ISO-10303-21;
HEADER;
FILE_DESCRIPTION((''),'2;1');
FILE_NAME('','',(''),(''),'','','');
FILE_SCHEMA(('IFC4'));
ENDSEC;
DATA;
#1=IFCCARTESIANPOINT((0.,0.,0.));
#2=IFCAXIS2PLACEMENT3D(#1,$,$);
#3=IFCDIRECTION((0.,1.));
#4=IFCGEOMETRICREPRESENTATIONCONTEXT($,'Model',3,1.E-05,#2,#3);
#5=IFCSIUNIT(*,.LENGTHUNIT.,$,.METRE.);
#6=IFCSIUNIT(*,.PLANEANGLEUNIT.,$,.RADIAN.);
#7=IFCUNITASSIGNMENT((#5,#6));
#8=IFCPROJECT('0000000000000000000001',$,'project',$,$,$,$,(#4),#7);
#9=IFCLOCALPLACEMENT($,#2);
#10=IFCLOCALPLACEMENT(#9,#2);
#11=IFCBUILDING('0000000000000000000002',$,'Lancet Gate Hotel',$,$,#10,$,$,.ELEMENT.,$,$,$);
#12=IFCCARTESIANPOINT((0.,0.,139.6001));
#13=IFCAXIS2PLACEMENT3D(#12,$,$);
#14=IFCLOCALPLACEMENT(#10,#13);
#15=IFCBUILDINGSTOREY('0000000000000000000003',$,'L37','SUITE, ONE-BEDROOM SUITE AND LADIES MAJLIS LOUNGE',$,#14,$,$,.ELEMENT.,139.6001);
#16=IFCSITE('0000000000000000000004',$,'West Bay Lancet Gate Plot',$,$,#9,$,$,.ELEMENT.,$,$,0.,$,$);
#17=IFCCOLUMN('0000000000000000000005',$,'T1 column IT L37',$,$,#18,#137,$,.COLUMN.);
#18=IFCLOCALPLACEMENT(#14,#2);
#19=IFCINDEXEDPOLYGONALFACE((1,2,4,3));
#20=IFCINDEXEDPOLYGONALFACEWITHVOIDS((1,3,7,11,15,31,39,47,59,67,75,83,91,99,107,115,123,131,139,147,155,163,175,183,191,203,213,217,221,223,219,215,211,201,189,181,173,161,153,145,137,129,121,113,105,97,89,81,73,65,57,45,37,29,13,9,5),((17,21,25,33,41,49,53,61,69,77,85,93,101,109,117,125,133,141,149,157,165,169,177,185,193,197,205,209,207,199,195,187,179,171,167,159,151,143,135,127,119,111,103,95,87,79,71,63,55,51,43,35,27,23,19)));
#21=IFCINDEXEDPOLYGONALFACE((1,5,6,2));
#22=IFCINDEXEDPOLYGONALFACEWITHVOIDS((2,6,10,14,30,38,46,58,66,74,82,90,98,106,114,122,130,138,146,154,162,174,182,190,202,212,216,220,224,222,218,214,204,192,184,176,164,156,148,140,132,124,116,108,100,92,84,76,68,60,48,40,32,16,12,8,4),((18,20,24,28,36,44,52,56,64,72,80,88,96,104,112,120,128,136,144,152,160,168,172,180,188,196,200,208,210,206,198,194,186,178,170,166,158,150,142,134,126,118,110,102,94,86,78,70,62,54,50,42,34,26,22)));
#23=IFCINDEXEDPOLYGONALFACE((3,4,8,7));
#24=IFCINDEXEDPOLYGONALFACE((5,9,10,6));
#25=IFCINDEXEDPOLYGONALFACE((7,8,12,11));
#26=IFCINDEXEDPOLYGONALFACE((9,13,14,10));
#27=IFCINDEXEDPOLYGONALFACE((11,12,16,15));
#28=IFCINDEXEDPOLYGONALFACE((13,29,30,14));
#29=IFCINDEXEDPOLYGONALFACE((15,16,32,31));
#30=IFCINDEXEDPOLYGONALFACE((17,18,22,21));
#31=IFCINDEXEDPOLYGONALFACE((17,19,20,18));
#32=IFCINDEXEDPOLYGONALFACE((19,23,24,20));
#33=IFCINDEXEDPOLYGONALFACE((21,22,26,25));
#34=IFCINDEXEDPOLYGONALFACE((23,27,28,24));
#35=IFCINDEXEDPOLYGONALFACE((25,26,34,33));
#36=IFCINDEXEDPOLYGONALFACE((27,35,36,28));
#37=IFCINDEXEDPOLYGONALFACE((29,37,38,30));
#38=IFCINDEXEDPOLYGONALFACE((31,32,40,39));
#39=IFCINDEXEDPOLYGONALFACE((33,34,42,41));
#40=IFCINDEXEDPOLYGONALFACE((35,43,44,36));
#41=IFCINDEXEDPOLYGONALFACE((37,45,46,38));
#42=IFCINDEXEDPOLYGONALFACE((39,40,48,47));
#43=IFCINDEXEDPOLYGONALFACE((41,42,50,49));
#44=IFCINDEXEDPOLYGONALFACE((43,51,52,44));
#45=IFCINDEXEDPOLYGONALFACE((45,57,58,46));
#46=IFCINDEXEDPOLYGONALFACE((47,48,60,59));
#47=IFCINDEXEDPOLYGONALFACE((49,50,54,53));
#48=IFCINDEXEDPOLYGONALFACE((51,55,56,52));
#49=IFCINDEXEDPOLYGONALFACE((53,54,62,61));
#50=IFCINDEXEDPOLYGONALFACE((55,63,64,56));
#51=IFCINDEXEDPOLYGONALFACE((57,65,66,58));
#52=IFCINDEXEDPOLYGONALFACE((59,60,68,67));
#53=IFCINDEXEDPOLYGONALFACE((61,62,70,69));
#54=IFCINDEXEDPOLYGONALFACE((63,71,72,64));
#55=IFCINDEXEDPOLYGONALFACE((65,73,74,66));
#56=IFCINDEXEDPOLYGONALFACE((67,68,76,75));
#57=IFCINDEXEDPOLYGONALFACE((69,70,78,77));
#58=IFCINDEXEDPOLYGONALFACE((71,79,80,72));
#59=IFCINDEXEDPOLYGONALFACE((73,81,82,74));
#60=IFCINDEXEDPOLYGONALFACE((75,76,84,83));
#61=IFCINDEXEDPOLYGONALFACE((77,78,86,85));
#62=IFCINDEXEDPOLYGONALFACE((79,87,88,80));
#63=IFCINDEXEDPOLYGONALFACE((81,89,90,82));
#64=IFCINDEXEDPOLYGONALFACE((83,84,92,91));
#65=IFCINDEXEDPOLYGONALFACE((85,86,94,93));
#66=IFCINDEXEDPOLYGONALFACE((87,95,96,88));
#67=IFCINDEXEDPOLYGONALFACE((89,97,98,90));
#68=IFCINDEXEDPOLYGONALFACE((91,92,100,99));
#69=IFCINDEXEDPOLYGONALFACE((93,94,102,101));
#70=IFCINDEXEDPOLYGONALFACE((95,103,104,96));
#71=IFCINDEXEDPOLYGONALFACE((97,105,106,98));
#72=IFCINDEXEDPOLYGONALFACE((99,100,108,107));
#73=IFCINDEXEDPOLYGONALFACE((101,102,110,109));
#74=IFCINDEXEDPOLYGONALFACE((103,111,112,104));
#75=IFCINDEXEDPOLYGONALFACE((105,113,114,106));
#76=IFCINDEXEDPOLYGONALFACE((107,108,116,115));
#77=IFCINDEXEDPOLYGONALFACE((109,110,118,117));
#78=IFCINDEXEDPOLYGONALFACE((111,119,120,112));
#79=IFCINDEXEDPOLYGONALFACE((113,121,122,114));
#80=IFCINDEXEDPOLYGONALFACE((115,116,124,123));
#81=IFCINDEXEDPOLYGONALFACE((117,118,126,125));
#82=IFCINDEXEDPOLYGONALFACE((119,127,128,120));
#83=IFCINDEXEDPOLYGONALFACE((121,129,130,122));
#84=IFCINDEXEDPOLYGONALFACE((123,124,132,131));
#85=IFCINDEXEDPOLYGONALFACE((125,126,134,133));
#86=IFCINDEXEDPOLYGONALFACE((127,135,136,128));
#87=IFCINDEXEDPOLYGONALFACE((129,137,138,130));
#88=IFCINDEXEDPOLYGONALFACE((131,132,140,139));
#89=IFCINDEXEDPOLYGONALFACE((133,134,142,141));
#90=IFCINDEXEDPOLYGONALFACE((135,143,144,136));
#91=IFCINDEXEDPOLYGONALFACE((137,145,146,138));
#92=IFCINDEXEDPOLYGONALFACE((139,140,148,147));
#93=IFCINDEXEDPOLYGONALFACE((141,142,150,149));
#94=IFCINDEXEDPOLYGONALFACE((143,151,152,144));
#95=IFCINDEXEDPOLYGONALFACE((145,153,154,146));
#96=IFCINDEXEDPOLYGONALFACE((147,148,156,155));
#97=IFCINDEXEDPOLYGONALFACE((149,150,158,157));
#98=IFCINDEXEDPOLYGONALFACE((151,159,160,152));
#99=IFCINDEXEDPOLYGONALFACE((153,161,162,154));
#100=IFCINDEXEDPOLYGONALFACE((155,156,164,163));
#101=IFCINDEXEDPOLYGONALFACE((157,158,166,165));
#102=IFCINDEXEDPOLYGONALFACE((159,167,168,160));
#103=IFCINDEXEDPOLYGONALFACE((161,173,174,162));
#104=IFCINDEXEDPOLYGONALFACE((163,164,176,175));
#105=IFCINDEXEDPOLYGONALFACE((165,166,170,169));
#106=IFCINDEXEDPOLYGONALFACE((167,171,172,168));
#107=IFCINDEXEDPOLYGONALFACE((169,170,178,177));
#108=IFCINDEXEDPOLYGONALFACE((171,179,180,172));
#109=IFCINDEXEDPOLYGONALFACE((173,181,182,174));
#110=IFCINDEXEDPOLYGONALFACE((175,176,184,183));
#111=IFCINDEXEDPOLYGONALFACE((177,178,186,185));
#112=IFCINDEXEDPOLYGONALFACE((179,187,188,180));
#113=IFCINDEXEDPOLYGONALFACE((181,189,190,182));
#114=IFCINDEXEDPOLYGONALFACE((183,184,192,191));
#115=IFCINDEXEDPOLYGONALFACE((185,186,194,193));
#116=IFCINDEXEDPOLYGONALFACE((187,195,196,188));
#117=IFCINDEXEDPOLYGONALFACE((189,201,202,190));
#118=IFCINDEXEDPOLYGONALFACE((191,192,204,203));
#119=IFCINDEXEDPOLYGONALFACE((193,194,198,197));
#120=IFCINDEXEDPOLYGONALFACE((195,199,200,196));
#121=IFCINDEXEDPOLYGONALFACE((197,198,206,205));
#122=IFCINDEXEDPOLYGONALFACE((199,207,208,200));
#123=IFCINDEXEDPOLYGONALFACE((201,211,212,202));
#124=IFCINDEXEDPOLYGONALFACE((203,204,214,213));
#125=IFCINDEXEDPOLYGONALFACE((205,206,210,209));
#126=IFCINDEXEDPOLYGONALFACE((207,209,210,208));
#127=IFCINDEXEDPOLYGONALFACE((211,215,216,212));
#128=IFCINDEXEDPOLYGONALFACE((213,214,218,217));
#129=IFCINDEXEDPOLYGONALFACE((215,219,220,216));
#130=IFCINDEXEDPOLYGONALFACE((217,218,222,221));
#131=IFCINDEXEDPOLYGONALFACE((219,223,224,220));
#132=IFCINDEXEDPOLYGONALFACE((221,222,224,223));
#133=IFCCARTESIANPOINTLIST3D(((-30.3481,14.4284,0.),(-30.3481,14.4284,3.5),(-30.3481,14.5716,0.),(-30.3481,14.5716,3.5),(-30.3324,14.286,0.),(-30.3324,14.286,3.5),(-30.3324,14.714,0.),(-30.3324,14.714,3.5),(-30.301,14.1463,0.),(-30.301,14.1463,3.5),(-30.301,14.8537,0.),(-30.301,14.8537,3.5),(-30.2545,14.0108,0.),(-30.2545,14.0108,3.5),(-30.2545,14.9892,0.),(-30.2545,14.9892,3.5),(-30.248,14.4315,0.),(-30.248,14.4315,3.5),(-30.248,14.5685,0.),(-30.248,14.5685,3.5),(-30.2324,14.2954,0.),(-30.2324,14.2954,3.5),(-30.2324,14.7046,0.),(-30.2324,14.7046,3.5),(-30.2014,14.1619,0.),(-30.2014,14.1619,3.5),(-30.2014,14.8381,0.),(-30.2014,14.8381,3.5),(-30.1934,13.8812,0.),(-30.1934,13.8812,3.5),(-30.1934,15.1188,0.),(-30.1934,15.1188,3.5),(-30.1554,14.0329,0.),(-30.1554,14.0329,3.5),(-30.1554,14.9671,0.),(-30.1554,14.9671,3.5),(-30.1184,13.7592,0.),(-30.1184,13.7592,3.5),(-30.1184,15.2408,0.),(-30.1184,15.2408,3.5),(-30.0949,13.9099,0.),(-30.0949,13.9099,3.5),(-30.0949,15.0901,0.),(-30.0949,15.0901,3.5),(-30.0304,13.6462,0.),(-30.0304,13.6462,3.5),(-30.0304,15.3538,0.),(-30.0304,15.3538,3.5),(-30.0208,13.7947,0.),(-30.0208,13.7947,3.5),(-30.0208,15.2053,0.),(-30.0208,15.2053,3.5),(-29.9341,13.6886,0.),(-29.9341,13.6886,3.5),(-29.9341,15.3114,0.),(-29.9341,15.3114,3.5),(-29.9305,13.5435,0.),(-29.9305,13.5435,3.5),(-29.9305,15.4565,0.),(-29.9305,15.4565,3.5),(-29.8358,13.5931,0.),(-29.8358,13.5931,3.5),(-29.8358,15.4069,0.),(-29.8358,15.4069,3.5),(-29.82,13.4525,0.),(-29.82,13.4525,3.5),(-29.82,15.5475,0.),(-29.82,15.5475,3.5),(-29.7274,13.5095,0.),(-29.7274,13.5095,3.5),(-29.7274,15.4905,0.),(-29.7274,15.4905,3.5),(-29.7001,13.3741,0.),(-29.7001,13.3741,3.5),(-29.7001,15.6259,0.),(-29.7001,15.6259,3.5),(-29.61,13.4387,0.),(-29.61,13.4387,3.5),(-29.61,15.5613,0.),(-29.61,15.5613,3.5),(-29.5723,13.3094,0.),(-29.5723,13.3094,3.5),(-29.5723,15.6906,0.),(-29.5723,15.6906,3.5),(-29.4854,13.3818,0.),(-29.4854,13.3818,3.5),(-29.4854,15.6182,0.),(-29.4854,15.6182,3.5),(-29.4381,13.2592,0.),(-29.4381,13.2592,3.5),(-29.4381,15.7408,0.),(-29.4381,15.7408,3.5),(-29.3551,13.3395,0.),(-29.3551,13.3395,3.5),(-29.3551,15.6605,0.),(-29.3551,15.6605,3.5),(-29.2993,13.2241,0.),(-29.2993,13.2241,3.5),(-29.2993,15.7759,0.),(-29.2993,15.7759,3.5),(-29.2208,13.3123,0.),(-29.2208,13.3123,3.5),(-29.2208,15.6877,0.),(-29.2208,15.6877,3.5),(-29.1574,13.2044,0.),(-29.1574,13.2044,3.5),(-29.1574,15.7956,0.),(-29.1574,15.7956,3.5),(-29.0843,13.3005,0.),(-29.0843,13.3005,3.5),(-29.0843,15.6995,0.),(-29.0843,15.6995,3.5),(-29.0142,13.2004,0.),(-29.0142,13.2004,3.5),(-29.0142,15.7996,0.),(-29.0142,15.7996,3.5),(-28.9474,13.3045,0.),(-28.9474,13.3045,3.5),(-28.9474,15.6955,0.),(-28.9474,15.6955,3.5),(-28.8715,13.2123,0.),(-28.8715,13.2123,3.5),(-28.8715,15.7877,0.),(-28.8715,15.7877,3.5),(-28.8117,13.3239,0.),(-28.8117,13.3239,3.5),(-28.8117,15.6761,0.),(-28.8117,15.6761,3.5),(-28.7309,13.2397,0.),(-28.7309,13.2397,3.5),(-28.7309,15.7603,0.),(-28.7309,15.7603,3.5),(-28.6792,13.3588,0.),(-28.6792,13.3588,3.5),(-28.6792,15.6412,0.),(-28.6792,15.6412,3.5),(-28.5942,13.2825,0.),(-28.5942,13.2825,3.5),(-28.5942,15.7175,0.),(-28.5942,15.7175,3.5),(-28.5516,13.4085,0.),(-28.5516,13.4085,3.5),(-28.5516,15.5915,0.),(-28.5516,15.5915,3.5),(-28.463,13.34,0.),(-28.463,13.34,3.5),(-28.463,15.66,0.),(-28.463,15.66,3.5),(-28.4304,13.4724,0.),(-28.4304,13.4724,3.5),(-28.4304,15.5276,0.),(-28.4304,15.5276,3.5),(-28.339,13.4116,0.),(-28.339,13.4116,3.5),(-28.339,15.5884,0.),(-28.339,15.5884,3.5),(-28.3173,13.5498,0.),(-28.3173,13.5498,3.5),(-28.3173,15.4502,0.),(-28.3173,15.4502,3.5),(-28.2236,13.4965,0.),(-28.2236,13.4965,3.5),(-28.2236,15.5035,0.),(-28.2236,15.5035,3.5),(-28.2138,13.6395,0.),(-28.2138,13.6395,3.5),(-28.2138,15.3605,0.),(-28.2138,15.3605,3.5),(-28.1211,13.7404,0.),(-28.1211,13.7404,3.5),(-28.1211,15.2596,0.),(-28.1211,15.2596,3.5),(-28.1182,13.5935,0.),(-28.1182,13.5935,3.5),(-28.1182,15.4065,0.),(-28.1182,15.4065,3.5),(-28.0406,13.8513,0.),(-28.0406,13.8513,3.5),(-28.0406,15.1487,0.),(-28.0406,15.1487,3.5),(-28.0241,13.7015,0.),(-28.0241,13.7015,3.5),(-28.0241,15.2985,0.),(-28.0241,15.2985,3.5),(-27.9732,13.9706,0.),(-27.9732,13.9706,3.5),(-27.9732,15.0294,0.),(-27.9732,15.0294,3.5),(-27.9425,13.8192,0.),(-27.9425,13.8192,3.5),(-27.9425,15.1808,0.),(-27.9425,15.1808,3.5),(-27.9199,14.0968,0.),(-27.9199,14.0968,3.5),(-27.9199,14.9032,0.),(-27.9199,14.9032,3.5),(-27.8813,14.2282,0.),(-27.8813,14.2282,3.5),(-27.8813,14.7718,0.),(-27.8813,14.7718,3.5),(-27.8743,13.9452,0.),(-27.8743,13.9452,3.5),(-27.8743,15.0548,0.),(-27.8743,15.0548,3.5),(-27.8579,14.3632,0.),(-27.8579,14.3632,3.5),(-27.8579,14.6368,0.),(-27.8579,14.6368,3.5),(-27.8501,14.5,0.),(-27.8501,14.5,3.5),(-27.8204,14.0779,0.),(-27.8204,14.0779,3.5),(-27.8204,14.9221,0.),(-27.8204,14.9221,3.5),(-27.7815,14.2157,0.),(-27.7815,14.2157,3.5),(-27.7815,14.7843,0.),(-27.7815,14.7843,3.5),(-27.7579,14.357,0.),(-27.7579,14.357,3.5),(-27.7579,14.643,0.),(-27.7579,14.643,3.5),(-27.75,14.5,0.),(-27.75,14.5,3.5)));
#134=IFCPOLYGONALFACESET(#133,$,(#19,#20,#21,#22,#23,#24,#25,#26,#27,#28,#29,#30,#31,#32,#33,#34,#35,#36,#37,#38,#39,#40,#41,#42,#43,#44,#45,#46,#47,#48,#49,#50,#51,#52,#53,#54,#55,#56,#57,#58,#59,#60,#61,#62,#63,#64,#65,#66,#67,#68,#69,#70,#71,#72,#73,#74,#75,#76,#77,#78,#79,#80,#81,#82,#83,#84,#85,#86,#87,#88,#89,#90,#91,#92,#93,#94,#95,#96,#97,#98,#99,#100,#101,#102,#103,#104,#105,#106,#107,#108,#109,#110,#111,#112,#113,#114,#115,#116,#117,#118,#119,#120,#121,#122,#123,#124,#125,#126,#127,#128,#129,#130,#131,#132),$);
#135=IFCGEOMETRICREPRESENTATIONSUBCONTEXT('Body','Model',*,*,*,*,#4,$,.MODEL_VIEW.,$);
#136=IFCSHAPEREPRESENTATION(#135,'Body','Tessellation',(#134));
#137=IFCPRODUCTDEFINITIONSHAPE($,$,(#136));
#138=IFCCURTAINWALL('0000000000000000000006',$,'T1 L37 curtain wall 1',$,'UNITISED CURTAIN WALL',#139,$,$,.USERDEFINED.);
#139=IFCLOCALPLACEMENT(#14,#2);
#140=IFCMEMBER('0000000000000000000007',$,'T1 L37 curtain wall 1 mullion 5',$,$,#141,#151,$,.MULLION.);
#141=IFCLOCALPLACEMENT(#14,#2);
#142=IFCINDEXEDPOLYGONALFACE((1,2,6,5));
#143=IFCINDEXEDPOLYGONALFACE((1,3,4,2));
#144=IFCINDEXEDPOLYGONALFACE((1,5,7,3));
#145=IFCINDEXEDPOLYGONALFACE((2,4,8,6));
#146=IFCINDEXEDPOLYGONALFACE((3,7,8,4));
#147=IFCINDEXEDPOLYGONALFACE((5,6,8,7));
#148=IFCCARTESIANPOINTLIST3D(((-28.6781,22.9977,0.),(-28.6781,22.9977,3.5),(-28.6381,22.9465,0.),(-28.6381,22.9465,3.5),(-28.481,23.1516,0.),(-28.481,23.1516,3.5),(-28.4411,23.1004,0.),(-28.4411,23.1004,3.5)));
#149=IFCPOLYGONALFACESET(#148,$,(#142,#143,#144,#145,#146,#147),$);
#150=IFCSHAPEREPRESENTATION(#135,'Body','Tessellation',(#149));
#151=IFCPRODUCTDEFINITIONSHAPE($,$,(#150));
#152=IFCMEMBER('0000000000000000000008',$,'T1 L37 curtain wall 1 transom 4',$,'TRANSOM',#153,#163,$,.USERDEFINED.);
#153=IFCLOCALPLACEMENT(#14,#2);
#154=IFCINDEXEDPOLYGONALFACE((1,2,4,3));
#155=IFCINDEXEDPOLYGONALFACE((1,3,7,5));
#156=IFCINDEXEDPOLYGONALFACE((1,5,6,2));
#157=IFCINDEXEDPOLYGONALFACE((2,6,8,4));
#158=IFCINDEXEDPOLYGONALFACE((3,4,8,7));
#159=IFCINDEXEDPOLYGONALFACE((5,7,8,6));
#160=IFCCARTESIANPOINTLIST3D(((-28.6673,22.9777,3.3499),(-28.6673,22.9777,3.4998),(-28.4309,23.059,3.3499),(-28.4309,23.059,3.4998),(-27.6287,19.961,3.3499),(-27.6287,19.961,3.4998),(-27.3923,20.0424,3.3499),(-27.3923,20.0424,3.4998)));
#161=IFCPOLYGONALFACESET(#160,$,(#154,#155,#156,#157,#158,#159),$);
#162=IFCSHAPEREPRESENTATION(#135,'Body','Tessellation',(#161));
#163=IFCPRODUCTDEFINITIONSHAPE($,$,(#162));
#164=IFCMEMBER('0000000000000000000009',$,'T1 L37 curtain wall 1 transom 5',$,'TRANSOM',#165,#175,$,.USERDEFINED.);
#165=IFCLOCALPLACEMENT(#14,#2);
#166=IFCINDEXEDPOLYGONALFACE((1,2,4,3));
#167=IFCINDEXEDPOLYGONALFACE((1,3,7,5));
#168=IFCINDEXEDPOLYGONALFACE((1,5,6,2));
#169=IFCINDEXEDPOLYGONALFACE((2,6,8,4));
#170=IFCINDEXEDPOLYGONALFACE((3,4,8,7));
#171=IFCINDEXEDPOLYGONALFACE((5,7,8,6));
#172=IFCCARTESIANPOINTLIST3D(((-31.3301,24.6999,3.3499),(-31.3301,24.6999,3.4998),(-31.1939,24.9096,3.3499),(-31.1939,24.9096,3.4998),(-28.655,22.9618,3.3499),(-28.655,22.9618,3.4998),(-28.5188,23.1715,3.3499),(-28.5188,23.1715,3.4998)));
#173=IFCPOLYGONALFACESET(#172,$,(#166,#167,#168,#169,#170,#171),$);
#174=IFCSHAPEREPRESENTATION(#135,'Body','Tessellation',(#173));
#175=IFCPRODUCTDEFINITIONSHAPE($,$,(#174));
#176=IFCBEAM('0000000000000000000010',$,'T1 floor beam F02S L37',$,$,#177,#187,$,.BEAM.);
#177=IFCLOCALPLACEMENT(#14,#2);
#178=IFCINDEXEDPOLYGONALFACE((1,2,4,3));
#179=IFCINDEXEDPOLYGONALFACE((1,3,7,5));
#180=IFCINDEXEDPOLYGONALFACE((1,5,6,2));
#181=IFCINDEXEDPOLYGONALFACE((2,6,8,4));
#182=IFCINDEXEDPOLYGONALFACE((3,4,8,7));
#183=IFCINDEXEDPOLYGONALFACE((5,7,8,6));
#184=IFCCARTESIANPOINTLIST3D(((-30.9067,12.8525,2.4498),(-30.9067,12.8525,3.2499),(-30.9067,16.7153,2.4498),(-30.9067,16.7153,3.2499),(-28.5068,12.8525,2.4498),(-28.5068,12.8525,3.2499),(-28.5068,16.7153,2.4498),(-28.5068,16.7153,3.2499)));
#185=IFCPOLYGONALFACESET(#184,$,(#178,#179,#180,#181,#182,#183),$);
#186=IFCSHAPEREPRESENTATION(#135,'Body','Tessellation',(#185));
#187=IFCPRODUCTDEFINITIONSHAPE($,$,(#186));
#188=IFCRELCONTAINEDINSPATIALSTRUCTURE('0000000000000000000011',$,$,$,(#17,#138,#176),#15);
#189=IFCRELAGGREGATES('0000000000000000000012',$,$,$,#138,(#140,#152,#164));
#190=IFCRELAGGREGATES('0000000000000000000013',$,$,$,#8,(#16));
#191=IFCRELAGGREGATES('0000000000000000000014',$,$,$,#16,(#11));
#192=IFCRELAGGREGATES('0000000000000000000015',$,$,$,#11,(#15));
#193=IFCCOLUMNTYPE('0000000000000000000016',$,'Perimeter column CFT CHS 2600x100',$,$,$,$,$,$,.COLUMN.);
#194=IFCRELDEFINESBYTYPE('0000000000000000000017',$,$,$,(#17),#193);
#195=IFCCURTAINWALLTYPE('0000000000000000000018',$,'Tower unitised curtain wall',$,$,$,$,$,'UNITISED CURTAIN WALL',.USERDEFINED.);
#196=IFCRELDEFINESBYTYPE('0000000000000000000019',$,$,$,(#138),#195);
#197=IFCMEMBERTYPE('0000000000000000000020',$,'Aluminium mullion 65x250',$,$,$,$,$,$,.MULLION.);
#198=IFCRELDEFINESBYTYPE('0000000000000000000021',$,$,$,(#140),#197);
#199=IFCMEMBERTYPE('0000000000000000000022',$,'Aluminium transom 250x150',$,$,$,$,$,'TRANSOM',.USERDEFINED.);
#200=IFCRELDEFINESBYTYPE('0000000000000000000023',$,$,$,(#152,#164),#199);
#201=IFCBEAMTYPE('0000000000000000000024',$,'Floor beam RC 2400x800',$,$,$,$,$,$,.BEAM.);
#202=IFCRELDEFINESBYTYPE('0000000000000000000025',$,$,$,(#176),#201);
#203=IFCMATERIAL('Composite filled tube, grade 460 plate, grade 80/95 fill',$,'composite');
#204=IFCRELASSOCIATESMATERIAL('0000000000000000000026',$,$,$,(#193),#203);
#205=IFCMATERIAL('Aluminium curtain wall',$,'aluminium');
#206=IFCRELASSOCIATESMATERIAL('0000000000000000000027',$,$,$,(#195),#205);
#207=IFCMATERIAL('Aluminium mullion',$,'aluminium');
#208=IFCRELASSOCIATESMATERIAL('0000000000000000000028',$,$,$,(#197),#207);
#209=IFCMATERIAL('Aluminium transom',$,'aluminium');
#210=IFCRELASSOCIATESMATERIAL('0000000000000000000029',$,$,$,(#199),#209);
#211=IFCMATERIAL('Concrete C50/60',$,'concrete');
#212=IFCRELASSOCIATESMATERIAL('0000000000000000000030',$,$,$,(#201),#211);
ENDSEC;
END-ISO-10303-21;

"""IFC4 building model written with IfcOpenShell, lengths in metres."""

from ifc_helpers import new_model, si_unit, direction, frame, origin, origin_2d, place, context, subcontext, project, spatial, rectangle, hollow_circle, extrude, material, material_profile, profile_set, type_object, element, aggregate, save


model = new_model("IFC4")

# Units and contexts
model_context = context("Model", 3, precision=1e-05, world=origin(), true_north=direction((0.0, 1.0)))
body_context = subcontext(model_context, "Body", "Model", "MODEL_VIEW")
ifc_project = project(units=[si_unit("LENGTHUNIT", "METRE"), si_unit("PLANEANGLEUNIT", "RADIAN")], contexts=[model_context])

# Site, building, storey
site_placement = place(None, origin())
site = spatial("IfcSite", under=ifc_project, at=site_placement, Name="West Bay Lancet Gate Plot", CompositionType="ELEMENT", RefElevation=0.0)
building_placement = place(site_placement, origin())
building = spatial("IfcBuilding", under=site, at=building_placement, Name="Lancet Gate Hotel", CompositionType="ELEMENT")
storey_placement = place(building_placement, frame((0.0, 0.0, 139.6001)))
storey = spatial("IfcBuildingStorey", under=building, at=storey_placement, Name="L37", Description="SUITE, ONE-BEDROOM SUITE AND LADIES MAJLIS LOUNGE", CompositionType="ELEMENT", Elevation=139.6001)

# Column
ifc_material_1 = material(Name="Composite filled tube, grade 460 plate, grade 80/95 fill", Category="composite")
ifc_material_profile_1 = material_profile(ifc_material_1, hollow_circle(Radius=1.3, WallThickness=0.1001, at=origin_2d()), Name="CHS 2600x100")
ifc_profile_set_1 = profile_set([ifc_material_profile_1], Name="Composite filled tube, grade 460 plate, grade 80/95 fill")
column_type = type_object("IfcColumnType", Name="Perimeter column CFT CHS 2600x100", PredefinedType="COLUMN", material=ifc_profile_set_1)
for number, where, z_axis, x_axis, name in (
    (1, (-29.05, 14.5, 0.0), (0.0, 0.0, 1.0), (1.0, 0.0, 0.0), "T1 column IT L37"),
):
    element("IfcColumn", number, at=place(storey_placement, frame(where, z_axis=z_axis, x_axis=x_axis)), inside=storey, type_object=column_type, Name=name, PredefinedType="COLUMN", context=body_context, shape_type="SweptSolid", body=[
        extrude(hollow_circle(Radius=1.3, WallThickness=0.1001, at=origin_2d()), origin(), (0.0, 0.0, 1.0), 3.5),
    ])

# Curtain wall, members
ifc_material_2 = material(Name="Aluminium curtain wall", Category="aluminium")
curtain_wall_type = type_object("IfcCurtainWallType", Name="Tower unitised curtain wall", ElementType="UNITISED CURTAIN WALL", PredefinedType="USERDEFINED", material=ifc_material_2)
curtain_wall_placement = place(storey_placement, origin())
curtain_wall = element("IfcCurtainWall", 2, at=curtain_wall_placement, inside=storey, type_object=curtain_wall_type, Name="T1 L37 curtain wall 1", ObjectType="UNITISED CURTAIN WALL", PredefinedType="USERDEFINED")
ifc_material_3 = material(Name="Aluminium mullion", Category="aluminium")
ifc_material_profile_2 = material_profile(ifc_material_3, rectangle(XDim=0.0649, YDim=0.25, at=origin_2d()), Name="MULLION 65x250")
ifc_profile_set_2 = profile_set([ifc_material_profile_2], Name="Aluminium mullion")
member_type_1 = type_object("IfcMemberType", Name="Aluminium mullion 65x250", PredefinedType="MULLION", material=ifc_profile_set_2)
member_1_placement = place(storey_placement, frame((-28.5596, 23.0491, 0.0), z_axis=(0.0, 0.0, 1.0), x_axis=(-0.615574, 0.788079, 0.0)))
member_1 = element("IfcMember", 3, at=member_1_placement, type_object=member_type_1, Name="T1 L37 curtain wall 1 mullion 5", PredefinedType="MULLION", context=body_context, shape_type="SweptSolid", body=[
    extrude(rectangle(XDim=0.0649, YDim=0.25, at=origin_2d()), origin(), (0.0, 0.0, 1.0), 3.5),
])
ifc_material_4 = material(Name="Aluminium transom", Category="aluminium")
ifc_material_profile_3 = material_profile(ifc_material_4, rectangle(XDim=0.25, YDim=0.1499, at=origin_2d()), Name="TRANSOM 250x150")
ifc_profile_set_3 = profile_set([ifc_material_profile_3], Name="Aluminium transom")
member_type_2 = type_object("IfcMemberType", Name="Aluminium transom 250x150", ElementType="TRANSOM", PredefinedType="USERDEFINED", material=ifc_profile_set_3)
member_2_placement = place(storey_placement, frame((-27.5105, 20.0017, 3.4248), z_axis=(-0.325533, 0.945531, 0.0), x_axis=(-0.945531, -0.325533, 0.0)))
member_2 = element("IfcMember", 4, at=member_2_placement, type_object=member_type_2, Name="T1 L37 curtain wall 1 transom 4", ObjectType="TRANSOM", PredefinedType="USERDEFINED", context=body_context, shape_type="SweptSolid", body=[
    extrude(rectangle(XDim=0.25, YDim=0.1499, at=origin_2d()), origin(), (0.0, 0.0, 1.0), 3.1904),
])
member_3_placement = place(storey_placement, frame((-28.5869, 23.0667, 3.4248), z_axis=(-0.83855, 0.544824, 0.0), x_axis=(-0.544824, -0.83855, 0.0)))
member_3 = element("IfcMember", 5, at=member_3_placement, type_object=member_type_2, Name="T1 L37 curtain wall 1 transom 5", ObjectType="TRANSOM", PredefinedType="USERDEFINED", context=body_context, shape_type="SweptSolid", body=[
    extrude(rectangle(XDim=0.25, YDim=0.1499, at=origin_2d()), origin(), (0.0, 0.0, 1.0), 3.1902),
])

# Beam
ifc_material_5 = material(Name="Concrete C50/60", Category="concrete")
ifc_material_profile_4 = material_profile(ifc_material_5, rectangle(XDim=2.3999, YDim=0.8, at=origin_2d()), Name="RC 2400x800")
ifc_profile_set_4 = profile_set([ifc_material_profile_4], Name="Concrete C50/60")
beam_type_1 = type_object("IfcBeamType", Name="Floor beam RC 2400x800", PredefinedType="BEAM", material=ifc_profile_set_4)
beam_1_placement = place(storey_placement, frame((-29.7068, 16.7153, 2.8499), z_axis=(0.0, -1.0, 0.0), x_axis=(1.0, 0.0, 0.0)))
element("IfcBeam", 6, at=beam_1_placement, inside=storey, type_object=beam_type_1, Name="T1 floor beam F02S L37", PredefinedType="BEAM", context=body_context, shape_type="SweptSolid", body=[
    extrude(rectangle(XDim=2.3999, YDim=0.8, at=origin_2d()), origin(), (0.0, 0.0, 1.0), 3.8628),
])

aggregate(curtain_wall, [member_1, member_2, member_3])

save(model, "model.ifc")
